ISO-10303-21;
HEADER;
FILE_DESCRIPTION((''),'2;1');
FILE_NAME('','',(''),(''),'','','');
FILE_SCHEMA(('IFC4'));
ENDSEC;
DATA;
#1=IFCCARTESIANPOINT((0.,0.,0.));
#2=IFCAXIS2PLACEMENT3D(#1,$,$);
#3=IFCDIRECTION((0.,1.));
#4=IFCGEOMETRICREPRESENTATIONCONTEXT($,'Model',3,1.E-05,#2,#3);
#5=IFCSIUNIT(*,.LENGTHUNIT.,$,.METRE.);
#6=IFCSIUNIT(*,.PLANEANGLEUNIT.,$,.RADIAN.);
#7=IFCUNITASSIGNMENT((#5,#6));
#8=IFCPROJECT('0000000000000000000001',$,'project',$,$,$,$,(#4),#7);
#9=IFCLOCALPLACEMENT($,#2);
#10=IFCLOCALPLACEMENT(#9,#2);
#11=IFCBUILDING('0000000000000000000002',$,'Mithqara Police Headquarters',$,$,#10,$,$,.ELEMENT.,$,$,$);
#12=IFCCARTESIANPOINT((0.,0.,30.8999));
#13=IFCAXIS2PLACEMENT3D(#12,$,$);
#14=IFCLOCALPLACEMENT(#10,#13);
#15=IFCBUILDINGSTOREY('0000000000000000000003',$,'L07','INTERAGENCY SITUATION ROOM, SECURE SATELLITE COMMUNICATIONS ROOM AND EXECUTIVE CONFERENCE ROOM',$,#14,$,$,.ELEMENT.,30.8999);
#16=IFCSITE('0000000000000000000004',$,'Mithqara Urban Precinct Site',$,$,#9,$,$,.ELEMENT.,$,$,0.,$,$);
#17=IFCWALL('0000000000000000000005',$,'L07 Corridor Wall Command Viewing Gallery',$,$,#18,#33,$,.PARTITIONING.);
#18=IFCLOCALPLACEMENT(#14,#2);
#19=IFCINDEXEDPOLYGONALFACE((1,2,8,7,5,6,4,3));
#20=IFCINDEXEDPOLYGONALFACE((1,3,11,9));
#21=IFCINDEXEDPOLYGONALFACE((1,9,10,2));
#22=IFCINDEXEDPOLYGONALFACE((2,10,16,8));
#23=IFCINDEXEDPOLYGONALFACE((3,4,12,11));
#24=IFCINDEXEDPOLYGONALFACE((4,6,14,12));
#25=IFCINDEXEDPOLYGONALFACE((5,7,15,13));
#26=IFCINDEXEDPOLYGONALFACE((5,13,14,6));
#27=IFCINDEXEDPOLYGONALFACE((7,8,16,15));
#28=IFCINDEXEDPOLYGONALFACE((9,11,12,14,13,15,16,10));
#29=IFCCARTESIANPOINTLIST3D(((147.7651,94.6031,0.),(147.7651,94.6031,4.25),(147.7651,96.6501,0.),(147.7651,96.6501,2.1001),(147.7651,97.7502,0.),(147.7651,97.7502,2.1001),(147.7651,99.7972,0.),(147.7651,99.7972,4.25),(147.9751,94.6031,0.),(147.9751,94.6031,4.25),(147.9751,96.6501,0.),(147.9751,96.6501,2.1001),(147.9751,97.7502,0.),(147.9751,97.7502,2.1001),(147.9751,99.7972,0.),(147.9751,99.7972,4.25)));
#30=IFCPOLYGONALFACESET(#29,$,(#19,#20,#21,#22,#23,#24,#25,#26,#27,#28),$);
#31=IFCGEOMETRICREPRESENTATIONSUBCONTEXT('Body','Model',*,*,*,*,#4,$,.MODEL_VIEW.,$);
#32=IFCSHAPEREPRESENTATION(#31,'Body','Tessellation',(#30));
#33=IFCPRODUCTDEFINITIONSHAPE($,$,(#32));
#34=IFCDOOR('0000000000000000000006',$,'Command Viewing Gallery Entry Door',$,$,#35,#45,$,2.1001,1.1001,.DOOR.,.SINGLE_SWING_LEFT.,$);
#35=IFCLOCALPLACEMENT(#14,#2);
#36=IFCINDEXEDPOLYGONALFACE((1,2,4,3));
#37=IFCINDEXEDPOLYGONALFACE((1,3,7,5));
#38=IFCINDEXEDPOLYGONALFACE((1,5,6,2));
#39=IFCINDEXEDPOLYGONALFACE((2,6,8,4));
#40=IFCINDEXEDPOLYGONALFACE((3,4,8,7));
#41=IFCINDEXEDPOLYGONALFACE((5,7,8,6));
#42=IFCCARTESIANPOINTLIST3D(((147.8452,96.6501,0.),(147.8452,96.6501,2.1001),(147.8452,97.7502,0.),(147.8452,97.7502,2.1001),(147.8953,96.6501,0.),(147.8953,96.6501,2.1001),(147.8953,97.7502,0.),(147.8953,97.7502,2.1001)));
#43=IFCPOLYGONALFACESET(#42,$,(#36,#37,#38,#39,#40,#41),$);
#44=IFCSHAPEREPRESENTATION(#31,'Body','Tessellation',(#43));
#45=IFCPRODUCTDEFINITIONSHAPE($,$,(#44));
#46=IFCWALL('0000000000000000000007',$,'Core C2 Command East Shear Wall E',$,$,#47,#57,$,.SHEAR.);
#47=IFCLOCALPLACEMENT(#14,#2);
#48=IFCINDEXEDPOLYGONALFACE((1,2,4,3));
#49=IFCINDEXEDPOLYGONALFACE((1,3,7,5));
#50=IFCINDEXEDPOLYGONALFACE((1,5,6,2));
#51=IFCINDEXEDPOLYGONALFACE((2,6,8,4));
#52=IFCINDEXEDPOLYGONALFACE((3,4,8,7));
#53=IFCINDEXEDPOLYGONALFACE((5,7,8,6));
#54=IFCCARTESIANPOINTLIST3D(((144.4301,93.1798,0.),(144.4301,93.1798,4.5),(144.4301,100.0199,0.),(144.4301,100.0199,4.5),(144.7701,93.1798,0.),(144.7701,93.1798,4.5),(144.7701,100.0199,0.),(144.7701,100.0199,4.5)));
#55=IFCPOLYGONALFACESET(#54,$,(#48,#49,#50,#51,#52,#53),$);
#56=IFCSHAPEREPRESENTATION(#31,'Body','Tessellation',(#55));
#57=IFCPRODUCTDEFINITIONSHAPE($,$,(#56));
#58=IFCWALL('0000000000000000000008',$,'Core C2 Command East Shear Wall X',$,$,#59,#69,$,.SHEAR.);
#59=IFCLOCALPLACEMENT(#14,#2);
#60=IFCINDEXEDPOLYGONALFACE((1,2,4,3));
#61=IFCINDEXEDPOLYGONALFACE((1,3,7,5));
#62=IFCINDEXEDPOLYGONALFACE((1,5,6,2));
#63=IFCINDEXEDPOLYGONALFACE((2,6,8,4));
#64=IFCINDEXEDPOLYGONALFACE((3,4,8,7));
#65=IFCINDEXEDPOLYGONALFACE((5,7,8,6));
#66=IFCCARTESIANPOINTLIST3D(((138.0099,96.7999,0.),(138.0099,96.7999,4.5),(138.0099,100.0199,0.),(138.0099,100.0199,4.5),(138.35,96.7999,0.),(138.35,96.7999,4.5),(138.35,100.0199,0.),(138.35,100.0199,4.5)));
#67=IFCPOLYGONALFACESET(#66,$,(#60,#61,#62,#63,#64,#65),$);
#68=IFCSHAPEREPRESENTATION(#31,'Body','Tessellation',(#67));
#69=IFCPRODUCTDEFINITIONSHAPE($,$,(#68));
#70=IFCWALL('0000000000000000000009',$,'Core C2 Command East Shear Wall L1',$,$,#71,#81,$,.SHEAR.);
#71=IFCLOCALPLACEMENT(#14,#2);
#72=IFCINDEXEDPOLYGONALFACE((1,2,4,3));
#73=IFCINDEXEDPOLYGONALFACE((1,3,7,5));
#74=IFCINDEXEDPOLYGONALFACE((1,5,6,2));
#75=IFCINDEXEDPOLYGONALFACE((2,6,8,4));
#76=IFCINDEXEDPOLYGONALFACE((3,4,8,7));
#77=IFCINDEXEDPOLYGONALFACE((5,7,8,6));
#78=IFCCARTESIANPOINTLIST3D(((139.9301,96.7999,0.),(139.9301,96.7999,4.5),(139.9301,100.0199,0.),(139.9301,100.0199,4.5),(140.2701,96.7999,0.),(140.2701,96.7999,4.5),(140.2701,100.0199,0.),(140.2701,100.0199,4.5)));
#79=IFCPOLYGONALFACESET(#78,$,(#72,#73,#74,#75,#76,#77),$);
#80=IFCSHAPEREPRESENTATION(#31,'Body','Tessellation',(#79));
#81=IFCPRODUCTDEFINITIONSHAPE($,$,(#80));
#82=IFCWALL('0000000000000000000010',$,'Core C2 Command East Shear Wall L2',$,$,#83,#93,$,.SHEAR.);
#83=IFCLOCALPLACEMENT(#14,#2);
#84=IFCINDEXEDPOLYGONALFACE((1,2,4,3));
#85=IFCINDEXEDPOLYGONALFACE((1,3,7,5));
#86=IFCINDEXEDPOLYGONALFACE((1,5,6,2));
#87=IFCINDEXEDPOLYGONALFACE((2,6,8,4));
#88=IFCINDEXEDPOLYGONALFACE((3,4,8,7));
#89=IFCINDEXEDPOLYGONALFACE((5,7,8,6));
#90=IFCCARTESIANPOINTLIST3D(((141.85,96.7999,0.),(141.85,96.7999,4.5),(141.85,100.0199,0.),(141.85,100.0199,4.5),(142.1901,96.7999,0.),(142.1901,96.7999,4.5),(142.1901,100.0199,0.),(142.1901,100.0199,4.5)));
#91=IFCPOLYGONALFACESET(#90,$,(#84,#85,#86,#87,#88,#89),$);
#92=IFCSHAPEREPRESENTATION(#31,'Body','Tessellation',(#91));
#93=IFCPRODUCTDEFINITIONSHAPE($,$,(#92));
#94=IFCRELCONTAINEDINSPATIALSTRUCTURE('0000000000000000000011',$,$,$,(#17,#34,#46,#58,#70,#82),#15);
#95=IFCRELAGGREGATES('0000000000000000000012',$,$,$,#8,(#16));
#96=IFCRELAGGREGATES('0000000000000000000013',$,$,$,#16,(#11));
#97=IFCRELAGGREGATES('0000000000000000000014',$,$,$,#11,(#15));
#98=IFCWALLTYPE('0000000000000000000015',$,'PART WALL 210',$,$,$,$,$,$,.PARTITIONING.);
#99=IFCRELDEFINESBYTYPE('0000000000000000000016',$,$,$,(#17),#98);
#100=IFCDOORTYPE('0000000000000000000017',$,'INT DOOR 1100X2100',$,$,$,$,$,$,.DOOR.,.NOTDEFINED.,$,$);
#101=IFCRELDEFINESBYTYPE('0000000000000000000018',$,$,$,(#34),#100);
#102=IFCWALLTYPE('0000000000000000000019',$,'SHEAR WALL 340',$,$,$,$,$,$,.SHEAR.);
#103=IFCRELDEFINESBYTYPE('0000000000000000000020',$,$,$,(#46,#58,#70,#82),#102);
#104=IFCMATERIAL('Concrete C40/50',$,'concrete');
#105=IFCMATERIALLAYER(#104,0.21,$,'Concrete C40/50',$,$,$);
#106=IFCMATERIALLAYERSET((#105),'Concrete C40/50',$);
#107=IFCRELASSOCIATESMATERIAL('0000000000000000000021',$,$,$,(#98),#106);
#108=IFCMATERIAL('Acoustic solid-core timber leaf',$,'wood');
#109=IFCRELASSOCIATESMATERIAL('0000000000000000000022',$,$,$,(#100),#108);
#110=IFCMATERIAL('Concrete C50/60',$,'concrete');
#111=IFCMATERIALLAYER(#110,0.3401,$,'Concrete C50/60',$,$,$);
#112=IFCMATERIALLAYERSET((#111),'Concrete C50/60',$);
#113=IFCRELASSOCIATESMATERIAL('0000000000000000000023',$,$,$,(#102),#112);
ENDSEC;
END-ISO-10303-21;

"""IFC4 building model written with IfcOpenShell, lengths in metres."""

from ifc_helpers import new_model, si_unit, direction, frame, frame_2d, origin, place, context, subcontext, project, spatial, rectangle, extrude, material, layer, layer_set, type_object, element, fill, save


model = new_model("IFC4")

# Units and contexts
model_context = context("Model", 3, precision=1e-05, world=origin(), true_north=direction((0.0, 1.0)))
body_context = subcontext(model_context, "Body", "Model", "MODEL_VIEW")
ifc_project = project(units=[si_unit("LENGTHUNIT", "METRE"), si_unit("PLANEANGLEUNIT", "RADIAN")], contexts=[model_context])

# Site, building, storey
site_placement = place(None, origin())
site = spatial("IfcSite", under=ifc_project, at=site_placement, Name="Mithqara Urban Precinct Site", CompositionType="ELEMENT", RefElevation=0.0)
building_placement = place(site_placement, origin())
building = spatial("IfcBuilding", under=site, at=building_placement, Name="Mithqara Police Headquarters", CompositionType="ELEMENT")
storey_placement = place(building_placement, frame((0.0, 0.0, 30.8999)))
storey = spatial("IfcBuildingStorey", under=building, at=storey_placement, Name="L07", Description="INTERAGENCY SITUATION ROOM, SECURE SATELLITE COMMUNICATIONS ROOM AND EXECUTIVE CONFERENCE ROOM", CompositionType="ELEMENT", Elevation=30.8999)

# Shared definitions
ifc_material_1 = material(Name="Concrete C50/60", Category="concrete")

# Shared definitions
ifc_material_2 = material(Name="Concrete C40/50", Category="concrete")
ifc_layer_1 = layer(ifc_material_2, 0.21, Name="Concrete C40/50")
ifc_layer_set_1 = layer_set([ifc_layer_1], Name="Concrete C40/50")
wall_type_1 = type_object("IfcWallType", Name="PART WALL 210", PredefinedType="PARTITIONING", material=ifc_layer_set_1)

# Shared definitions
ifc_material_3 = material(Name="Acoustic solid-core timber leaf", Category="wood")

# Wall, opening, door
wall_1_placement = place(storey_placement, frame((147.8701, 94.603, 0.0), z_axis=(0.0, 0.0, 1.0), x_axis=(0.0, 1.0, 0.0)))
wall_1 = element("IfcWall", 1, at=wall_1_placement, inside=storey, type_object=wall_type_1, Name="L07 Corridor Wall Command Viewing Gallery", PredefinedType="PARTITIONING", context=body_context, shape_type="SweptSolid", body=[
    extrude(rectangle(XDim=5.1941, YDim=0.21, at=frame_2d((2.5972, 0.0))), origin(), (0.0, 0.0, 1.0), 4.25),
])
opening_1_placement = place(wall_1_placement, frame((2.0471, 0.0, 0.0)))
opening_1 = element("IfcOpeningElement", 2, at=opening_1_placement, cuts=wall_1, PredefinedType="OPENING", context=body_context, shape_type="SweptSolid", body=[
    extrude(rectangle(XDim=1.1001, YDim=2.1001, at=frame_2d((0.55, 1.05))), frame((0.0, 0.115, 0.0), z_axis=(0.0, -1.0, 0.0), x_axis=(1.0, 0.0, 0.0)), (0.0, 0.0, 1.0), 0.23),
])
door_type_1 = type_object("IfcDoorType", Name="INT DOOR 1100X2100", OperationType="NOTDEFINED", PredefinedType="DOOR", material=ifc_material_3)
door_1_placement = place(opening_1_placement, origin())
door_1 = element("IfcDoor", 3, at=door_1_placement, inside=storey, type_object=door_type_1, Name="Command Viewing Gallery Entry Door", OperationType="SINGLE_SWING_LEFT", OverallHeight=2.1001, OverallWidth=1.1001, PredefinedType="DOOR", context=body_context, shape_type="SweptSolid", body=[
    extrude(rectangle(XDim=1.1001, YDim=2.1001, at=frame_2d((0.55, 1.05))), frame((0.0, 0.0249, 0.0), z_axis=(0.0, -1.0, 0.0), x_axis=(1.0, 0.0, 0.0)), (0.0, 0.0, 1.0), 0.05),
])
fill(opening_1, door_1)

# Walls
ifc_layer_2 = layer(ifc_material_1, 0.3401, Name="Concrete C50/60")
ifc_layer_set_2 = layer_set([ifc_layer_2], Name="Concrete C50/60")
wall_type_2 = type_object("IfcWallType", Name="SHEAR WALL 340", PredefinedType="SHEAR", material=ifc_layer_set_2)
wall_2_placement = place(storey_placement, frame((144.6001, 93.1799, 0.0), z_axis=(0.0, 0.0, 1.0), x_axis=(0.0, 1.0, 0.0)))
element("IfcWall", 4, at=wall_2_placement, inside=storey, type_object=wall_type_2, Name="Core C2 Command East Shear Wall E", PredefinedType="SHEAR", context=body_context, shape_type="SweptSolid", body=[
    extrude(rectangle(XDim=6.8401, YDim=0.3401, at=frame_2d((3.4199, 0.0))), origin(), (0.0, 0.0, 1.0), 4.5),
])
for number, where, z_axis, x_axis, name in (
    (5, (138.1799, 96.8, 0.0), (0.0, 0.0, 1.0), (0.0, 1.0, 0.0), "Core C2 Command East Shear Wall X"),
    (6, (140.1001, 96.8, 0.0), (0.0, 0.0, 1.0), (0.0, 1.0, 0.0), "Core C2 Command East Shear Wall L1"),
    (7, (142.02, 96.8, 0.0), (0.0, 0.0, 1.0), (0.0, 1.0, 0.0), "Core C2 Command East Shear Wall L2"),
):
    element("IfcWall", number, at=place(storey_placement, frame(where, z_axis=z_axis, x_axis=x_axis)), inside=storey, type_object=wall_type_2, Name=name, PredefinedType="SHEAR", context=body_context, shape_type="SweptSolid", body=[
        extrude(rectangle(XDim=3.22, YDim=0.3401, at=frame_2d((1.6099, 0.0))), origin(), (0.0, 0.0, 1.0), 4.5),
    ])

save(model, "model.ifc")
